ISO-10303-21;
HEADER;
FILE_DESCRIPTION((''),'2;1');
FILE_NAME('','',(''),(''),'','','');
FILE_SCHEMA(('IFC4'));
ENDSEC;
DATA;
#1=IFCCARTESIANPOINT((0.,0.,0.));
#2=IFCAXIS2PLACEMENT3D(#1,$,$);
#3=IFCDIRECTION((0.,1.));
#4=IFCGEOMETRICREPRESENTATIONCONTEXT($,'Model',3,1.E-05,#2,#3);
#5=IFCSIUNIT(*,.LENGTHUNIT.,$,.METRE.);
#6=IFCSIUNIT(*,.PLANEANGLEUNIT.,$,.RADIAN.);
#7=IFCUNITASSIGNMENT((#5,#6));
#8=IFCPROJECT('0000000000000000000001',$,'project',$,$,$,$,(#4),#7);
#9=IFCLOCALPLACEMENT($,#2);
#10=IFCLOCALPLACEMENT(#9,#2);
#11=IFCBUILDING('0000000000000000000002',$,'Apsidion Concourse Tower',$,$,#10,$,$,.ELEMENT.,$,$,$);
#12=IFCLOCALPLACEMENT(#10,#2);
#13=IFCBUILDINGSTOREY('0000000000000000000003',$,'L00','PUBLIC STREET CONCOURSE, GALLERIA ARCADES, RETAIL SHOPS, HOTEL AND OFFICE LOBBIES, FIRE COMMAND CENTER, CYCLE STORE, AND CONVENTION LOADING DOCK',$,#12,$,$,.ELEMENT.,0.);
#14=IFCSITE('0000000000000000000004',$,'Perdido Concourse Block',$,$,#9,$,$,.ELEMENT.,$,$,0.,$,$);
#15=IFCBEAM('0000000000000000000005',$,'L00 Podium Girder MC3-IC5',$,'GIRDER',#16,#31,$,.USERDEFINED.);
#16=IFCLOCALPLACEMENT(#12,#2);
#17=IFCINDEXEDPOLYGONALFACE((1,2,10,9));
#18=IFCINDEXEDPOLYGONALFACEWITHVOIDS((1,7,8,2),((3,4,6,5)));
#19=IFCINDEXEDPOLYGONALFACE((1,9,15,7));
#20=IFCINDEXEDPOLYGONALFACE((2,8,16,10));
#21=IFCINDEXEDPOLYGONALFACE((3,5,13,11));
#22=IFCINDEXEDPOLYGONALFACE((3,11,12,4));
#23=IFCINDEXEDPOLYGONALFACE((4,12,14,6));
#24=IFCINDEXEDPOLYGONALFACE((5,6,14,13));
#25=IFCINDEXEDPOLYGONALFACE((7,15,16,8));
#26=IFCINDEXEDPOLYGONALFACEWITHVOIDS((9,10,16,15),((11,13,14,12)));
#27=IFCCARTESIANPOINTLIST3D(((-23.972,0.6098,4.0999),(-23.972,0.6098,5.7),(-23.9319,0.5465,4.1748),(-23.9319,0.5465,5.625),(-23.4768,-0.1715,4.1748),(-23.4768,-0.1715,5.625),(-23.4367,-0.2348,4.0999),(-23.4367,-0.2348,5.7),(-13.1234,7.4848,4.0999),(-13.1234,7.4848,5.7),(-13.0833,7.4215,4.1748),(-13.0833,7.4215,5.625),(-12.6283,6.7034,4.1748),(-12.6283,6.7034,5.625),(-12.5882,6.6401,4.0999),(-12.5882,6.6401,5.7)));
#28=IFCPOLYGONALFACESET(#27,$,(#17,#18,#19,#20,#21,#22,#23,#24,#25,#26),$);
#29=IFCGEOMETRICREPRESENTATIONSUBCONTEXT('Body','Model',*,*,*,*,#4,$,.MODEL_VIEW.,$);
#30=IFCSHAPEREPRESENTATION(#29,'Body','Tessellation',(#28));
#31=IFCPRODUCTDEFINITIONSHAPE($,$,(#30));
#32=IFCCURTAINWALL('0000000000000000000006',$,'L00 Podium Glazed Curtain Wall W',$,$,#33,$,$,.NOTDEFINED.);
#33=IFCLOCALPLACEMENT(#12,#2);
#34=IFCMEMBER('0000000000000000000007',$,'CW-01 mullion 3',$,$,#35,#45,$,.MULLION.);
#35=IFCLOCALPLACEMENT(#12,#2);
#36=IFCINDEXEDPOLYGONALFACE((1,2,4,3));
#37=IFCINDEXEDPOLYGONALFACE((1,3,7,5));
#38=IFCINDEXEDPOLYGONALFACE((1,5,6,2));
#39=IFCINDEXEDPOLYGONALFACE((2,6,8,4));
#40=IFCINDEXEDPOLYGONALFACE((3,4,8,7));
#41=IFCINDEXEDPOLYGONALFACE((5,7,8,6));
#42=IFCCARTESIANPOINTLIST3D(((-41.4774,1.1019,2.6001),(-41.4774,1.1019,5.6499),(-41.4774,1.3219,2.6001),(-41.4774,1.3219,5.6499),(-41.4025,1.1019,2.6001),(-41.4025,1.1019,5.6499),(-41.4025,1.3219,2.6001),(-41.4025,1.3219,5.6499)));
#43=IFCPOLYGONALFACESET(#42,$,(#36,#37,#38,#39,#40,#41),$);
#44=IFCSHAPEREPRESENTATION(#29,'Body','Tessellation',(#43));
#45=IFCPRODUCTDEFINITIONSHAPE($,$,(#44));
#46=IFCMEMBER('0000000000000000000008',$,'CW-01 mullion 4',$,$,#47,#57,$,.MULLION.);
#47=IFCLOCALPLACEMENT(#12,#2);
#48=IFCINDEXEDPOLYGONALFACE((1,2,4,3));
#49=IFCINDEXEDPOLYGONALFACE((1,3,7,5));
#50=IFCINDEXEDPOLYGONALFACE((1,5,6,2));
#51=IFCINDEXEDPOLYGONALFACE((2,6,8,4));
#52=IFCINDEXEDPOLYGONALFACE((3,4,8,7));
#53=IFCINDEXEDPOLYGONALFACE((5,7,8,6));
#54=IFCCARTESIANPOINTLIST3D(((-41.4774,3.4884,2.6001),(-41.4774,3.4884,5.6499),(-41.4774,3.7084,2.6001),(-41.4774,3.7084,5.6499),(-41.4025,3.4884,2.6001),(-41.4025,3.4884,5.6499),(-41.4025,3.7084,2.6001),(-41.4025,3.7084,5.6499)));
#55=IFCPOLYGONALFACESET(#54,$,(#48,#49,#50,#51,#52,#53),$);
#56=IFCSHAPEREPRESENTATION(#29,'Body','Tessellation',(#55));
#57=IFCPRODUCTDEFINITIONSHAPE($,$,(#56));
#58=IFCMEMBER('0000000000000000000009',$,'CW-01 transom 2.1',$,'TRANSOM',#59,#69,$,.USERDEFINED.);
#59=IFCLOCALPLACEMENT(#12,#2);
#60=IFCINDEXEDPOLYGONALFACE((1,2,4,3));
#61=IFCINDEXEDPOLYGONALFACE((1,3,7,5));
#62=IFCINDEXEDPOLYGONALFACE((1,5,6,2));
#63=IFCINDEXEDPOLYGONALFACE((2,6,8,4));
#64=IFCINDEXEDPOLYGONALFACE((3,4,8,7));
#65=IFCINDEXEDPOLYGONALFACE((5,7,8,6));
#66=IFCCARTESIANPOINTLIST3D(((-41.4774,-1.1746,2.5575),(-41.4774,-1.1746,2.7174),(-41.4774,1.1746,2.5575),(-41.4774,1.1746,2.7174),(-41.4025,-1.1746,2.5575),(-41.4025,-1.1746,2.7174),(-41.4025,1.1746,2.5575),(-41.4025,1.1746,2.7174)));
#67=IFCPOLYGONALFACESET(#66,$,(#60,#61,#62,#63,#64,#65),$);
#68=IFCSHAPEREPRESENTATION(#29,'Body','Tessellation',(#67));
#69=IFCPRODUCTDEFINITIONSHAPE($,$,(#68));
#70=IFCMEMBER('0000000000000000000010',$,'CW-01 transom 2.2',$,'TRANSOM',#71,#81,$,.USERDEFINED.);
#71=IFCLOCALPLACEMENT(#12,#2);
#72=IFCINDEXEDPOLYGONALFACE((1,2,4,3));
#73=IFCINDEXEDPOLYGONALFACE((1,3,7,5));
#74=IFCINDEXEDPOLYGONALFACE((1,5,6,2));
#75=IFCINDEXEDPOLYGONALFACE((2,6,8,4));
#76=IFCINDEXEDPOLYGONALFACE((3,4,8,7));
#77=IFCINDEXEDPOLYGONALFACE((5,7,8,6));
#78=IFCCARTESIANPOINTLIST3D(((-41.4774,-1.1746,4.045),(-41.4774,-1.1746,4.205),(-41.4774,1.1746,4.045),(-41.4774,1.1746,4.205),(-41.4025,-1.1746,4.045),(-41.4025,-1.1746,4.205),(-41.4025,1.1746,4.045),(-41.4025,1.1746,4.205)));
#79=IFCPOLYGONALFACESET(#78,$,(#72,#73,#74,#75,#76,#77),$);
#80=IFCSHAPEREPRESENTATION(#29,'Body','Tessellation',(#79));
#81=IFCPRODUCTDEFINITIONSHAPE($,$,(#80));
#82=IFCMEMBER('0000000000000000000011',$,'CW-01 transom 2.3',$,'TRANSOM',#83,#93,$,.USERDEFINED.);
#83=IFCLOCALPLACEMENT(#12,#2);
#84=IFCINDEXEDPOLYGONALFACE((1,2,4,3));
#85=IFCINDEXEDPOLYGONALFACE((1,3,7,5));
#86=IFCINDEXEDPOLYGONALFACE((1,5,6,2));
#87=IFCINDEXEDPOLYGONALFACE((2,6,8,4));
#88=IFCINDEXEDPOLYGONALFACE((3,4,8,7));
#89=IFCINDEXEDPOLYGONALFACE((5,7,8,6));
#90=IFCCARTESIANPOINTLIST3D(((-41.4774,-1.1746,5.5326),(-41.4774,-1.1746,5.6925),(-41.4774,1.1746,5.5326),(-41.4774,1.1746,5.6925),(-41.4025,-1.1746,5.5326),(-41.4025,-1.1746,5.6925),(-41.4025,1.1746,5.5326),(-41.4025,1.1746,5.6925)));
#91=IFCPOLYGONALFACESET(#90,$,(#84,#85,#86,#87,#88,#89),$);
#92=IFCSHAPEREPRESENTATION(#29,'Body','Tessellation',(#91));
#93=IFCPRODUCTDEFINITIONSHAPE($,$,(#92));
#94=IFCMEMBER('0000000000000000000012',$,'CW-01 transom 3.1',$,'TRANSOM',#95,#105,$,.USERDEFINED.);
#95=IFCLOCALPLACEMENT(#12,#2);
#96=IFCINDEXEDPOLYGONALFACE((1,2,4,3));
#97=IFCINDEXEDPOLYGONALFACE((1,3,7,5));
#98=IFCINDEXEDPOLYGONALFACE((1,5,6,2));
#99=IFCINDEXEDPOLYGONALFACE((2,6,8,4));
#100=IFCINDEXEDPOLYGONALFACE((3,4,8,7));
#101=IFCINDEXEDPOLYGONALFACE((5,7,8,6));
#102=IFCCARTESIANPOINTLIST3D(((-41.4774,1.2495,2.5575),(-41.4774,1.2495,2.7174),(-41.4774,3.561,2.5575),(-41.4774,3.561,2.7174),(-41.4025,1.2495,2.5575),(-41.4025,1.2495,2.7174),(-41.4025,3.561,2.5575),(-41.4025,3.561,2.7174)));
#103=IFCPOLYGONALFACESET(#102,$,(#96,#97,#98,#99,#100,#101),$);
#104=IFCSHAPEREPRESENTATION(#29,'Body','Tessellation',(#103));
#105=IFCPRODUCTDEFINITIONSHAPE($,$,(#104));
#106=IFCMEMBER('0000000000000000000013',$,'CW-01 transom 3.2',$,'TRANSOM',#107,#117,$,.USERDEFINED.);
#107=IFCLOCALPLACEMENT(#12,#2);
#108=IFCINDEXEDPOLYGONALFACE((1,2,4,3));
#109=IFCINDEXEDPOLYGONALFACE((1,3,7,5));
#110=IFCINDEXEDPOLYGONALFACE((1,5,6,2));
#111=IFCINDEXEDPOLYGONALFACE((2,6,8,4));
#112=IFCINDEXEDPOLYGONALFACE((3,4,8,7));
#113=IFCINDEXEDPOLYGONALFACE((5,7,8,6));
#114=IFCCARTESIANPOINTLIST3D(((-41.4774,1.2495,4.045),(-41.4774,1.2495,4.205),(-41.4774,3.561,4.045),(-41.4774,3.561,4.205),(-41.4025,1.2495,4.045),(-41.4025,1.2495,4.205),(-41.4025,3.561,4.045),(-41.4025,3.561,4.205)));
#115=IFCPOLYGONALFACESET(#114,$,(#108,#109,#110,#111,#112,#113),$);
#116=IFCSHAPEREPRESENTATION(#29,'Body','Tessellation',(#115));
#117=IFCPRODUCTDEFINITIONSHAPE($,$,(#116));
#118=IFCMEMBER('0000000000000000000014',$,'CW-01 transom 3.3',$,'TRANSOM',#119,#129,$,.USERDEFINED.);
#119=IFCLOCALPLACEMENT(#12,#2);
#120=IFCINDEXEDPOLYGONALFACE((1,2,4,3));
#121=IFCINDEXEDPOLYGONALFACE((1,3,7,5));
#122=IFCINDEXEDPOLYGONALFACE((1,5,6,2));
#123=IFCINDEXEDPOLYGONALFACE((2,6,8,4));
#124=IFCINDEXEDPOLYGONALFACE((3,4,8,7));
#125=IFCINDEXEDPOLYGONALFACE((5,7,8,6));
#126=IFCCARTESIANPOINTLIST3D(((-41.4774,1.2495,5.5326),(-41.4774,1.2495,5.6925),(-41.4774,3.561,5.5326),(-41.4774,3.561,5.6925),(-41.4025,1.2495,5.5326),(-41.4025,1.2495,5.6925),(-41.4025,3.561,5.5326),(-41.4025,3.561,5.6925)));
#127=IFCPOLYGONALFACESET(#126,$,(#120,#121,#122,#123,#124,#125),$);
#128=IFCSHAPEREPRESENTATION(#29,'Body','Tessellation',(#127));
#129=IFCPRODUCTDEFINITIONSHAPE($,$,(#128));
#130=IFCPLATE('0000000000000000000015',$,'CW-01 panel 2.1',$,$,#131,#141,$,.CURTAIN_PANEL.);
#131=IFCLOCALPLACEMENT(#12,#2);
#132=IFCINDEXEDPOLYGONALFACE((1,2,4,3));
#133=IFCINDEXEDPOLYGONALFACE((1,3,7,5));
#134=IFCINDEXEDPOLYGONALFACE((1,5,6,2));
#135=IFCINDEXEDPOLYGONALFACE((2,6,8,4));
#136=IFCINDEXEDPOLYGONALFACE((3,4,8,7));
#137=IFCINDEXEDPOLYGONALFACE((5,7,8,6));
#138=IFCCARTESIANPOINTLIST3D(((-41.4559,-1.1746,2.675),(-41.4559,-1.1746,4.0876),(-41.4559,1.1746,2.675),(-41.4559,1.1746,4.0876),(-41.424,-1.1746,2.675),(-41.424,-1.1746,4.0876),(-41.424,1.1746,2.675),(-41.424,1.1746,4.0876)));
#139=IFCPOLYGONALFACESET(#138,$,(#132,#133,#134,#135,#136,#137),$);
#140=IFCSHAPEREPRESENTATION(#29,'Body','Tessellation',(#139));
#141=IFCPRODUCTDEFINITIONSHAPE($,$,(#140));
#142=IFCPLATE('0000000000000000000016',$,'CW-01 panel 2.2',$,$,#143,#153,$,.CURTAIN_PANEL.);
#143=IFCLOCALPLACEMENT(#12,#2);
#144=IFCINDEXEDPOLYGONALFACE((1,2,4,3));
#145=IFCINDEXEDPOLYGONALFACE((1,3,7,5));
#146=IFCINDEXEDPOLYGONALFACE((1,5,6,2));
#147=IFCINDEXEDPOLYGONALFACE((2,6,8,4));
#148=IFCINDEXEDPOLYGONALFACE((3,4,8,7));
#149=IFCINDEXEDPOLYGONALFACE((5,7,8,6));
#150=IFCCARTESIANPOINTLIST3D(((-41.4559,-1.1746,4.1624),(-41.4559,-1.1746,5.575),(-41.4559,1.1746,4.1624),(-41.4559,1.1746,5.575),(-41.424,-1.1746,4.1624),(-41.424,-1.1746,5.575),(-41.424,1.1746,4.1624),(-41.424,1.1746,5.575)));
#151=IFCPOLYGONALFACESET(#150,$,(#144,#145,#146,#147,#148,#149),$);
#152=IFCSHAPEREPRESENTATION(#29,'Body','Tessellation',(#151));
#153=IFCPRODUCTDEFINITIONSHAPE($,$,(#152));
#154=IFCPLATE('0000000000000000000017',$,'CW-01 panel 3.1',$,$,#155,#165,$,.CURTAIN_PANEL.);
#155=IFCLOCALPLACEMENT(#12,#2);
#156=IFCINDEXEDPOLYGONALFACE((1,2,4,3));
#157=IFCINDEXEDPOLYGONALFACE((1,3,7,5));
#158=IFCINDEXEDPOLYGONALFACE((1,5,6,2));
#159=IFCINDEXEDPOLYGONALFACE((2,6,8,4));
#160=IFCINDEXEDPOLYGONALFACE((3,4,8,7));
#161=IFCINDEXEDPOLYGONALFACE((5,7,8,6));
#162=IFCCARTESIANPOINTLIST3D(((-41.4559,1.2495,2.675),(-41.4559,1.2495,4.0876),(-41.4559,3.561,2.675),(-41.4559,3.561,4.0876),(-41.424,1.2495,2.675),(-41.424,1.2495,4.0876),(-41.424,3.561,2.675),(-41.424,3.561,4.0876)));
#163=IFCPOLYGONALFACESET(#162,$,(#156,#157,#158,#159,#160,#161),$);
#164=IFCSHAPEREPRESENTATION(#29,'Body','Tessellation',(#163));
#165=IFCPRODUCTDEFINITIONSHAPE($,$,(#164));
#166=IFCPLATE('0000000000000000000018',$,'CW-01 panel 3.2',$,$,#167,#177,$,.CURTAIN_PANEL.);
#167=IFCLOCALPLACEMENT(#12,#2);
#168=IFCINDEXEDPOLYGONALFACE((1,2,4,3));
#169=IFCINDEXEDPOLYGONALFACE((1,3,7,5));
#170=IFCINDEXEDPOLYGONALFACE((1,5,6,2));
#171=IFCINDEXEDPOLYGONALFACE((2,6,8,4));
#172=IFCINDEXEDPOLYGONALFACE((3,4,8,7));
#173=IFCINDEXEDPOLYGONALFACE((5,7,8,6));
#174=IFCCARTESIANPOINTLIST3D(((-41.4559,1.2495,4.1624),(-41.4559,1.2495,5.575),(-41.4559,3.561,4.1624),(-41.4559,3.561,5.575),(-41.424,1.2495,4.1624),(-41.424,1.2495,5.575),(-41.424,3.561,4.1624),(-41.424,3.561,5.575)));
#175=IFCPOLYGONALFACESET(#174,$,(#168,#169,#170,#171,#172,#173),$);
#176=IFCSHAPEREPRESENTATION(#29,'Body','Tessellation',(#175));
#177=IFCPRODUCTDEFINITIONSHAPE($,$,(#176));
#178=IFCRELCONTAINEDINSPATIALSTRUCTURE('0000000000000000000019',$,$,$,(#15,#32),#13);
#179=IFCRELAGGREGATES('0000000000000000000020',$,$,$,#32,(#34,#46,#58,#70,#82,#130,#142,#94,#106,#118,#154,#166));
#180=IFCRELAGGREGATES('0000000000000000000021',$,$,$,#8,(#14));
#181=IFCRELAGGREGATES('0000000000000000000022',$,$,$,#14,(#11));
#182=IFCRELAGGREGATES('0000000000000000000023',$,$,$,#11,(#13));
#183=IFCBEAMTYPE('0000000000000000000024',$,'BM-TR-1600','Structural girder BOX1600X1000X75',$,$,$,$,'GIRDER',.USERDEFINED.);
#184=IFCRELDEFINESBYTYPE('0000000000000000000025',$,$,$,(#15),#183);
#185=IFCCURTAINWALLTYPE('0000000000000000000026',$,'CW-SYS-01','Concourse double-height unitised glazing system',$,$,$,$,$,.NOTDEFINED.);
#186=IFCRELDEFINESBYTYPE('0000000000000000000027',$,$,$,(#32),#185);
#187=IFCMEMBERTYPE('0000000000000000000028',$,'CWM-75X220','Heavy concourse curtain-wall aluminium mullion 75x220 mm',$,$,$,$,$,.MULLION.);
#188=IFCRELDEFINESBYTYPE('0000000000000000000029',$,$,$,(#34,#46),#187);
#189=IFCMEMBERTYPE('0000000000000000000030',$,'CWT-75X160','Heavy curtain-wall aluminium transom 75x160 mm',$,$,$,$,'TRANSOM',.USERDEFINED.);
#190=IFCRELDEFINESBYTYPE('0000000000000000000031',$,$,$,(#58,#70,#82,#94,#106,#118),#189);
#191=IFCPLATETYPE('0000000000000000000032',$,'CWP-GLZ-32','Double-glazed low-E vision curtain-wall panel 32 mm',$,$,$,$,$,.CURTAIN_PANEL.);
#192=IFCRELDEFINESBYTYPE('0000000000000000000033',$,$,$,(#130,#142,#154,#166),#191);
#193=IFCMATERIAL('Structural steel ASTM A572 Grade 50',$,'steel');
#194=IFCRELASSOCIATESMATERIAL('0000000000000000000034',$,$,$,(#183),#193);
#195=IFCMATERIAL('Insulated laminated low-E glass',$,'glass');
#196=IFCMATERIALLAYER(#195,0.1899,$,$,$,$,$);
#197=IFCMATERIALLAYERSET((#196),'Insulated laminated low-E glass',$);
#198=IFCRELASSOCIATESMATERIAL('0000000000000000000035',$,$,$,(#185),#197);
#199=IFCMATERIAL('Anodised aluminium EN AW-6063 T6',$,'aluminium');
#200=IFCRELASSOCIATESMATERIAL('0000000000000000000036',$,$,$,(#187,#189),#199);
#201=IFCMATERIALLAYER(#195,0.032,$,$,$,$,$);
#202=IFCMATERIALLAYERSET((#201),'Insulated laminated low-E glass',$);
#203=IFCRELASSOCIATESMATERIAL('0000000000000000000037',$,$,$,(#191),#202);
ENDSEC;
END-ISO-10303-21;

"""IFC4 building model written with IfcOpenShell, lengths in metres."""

from ifc_helpers import new_model, si_unit, direction, frame, origin, origin_2d, place, context, subcontext, project, spatial, rectangle, hollow_rectangle, extrude, material, layer, layer_set, material_profile, profile_set, type_object, element, aggregate, save


model = new_model("IFC4")

# Units and contexts
model_context = context("Model", 3, precision=1e-05, world=origin(), true_north=direction((0.0, 1.0)))
body_context = subcontext(model_context, "Body", "Model", "MODEL_VIEW")
ifc_project = project(units=[si_unit("LENGTHUNIT", "METRE"), si_unit("PLANEANGLEUNIT", "RADIAN")], contexts=[model_context])

# Site, building, storey
site_placement = place(None, origin())
site = spatial("IfcSite", under=ifc_project, at=site_placement, Name="Perdido Concourse Block", CompositionType="ELEMENT", RefElevation=0.0)
building_placement = place(site_placement, origin())
building = spatial("IfcBuilding", under=site, at=building_placement, Name="Apsidion Concourse Tower", CompositionType="ELEMENT")
storey_placement = place(building_placement, origin())
storey = spatial("IfcBuildingStorey", under=building, at=storey_placement, Name="L00", Description="PUBLIC STREET CONCOURSE, GALLERIA ARCADES, RETAIL SHOPS, HOTEL AND OFFICE LOBBIES, FIRE COMMAND CENTER, CYCLE STORE, AND CONVENTION LOADING DOCK", CompositionType="ELEMENT", Elevation=0.0)

# Shared definitions
ifc_material_1 = material(Name="Structural steel ASTM A572 Grade 50", Category="steel")

# Beam
ifc_material_profile_1 = material_profile(ifc_material_1, hollow_rectangle(XDim=1.0, YDim=1.6001, WallThickness=0.075, at=origin_2d()), Name="BOX1600X1000X75")
ifc_profile_set_1 = profile_set([ifc_material_profile_1], Name="Structural steel ASTM A572 Grade 50")
beam_type_1 = type_object("IfcBeamType", Name="BM-TR-1600", Description="Structural girder BOX1600X1000X75", ElementType="GIRDER", PredefinedType="USERDEFINED", material=ifc_profile_set_1)
for number, where, z_axis, x_axis, name in (
    (1, (-23.7043, 0.1875, 4.8999), (0.844671, 0.535285, 0.0), (-0.535285, 0.844671, 0.0), "L00 Podium Girder MC3-IC5"),
):
    element("IfcBeam", number, at=place(storey_placement, frame(where, z_axis=z_axis, x_axis=x_axis)), inside=storey, type_object=beam_type_1, Name=name, ObjectType="GIRDER", PredefinedType="USERDEFINED", context=body_context, shape_type="SweptSolid", body=[
        extrude(hollow_rectangle(XDim=1.0, YDim=1.6001, WallThickness=0.075, at=origin_2d()), origin(), (0.0, 0.0, 1.0), 12.8435),
    ])

# Curtain wall, members, plates
ifc_material_2 = material(Name="Insulated laminated low-E glass", Category="glass")
ifc_layer_1 = layer(ifc_material_2, 0.1899)
ifc_layer_set_1 = layer_set([ifc_layer_1], Name="Insulated laminated low-E glass")
curtain_wall_type = type_object("IfcCurtainWallType", Name="CW-SYS-01", Description="Concourse double-height unitised glazing system", PredefinedType="NOTDEFINED", material=ifc_layer_set_1)
curtain_wall_placement = place(storey_placement, origin())
curtain_wall = element("IfcCurtainWall", 2, at=curtain_wall_placement, inside=storey, type_object=curtain_wall_type, Name="L00 Podium Glazed Curtain Wall W", PredefinedType="NOTDEFINED")
ifc_material_3 = material(Name="Anodised aluminium EN AW-6063 T6", Category="aluminium")
ifc_material_profile_2 = material_profile(ifc_material_3, rectangle(XDim=0.075, YDim=0.22, at=origin_2d()), Name="ALU MULLION 75x220")
ifc_profile_set_2 = profile_set([ifc_material_profile_2], Name="Anodised aluminium EN AW-6063 T6")
member_type_1 = type_object("IfcMemberType", Name="CWM-75X220", Description="Heavy concourse curtain-wall aluminium mullion 75x220 mm", PredefinedType="MULLION", material=ifc_profile_set_2)
member_1_placement = place(storey_placement, frame((-41.4399, 1.2119, 2.6001), z_axis=(0.0, 0.0, 1.0), x_axis=(-1.0, 0.0, 0.0)))
member_1 = element("IfcMember", 3, at=member_1_placement, type_object=member_type_1, Name="CW-01 mullion 3", PredefinedType="MULLION", context=body_context, shape_type="SweptSolid", body=[
    extrude(rectangle(XDim=0.075, YDim=0.22, at=origin_2d()), origin(), (0.0, 0.0, 1.0), 3.0498),
])
member_2_placement = place(storey_placement, frame((-41.4399, 3.5984, 2.6001), z_axis=(0.0, 0.0, 1.0), x_axis=(-1.0, 0.0, 0.0)))
member_2 = element("IfcMember", 4, at=member_2_placement, type_object=member_type_1, Name="CW-01 mullion 4", PredefinedType="MULLION", context=body_context, shape_type="SweptSolid", body=[
    extrude(rectangle(XDim=0.075, YDim=0.22, at=origin_2d()), origin(), (0.0, 0.0, 1.0), 3.0498),
])
ifc_material_profile_3 = material_profile(ifc_material_3, rectangle(XDim=0.075, YDim=0.1599, at=origin_2d()), Name="ALU TRANSOM 75x160")
ifc_profile_set_3 = profile_set([ifc_material_profile_3], Name="Anodised aluminium EN AW-6063 T6")
member_type_2 = type_object("IfcMemberType", Name="CWT-75X160", Description="Heavy curtain-wall aluminium transom 75x160 mm", ElementType="TRANSOM", PredefinedType="USERDEFINED", material=ifc_profile_set_3)
member_3_placement = place(storey_placement, frame((-41.4399, -1.1746, 2.6375), z_axis=(0.0, 1.0, 0.0), x_axis=(-1.0, 0.0, 0.0)))
member_3 = element("IfcMember", 5, at=member_3_placement, type_object=member_type_2, Name="CW-01 transom 2.1", ObjectType="TRANSOM", PredefinedType="USERDEFINED", context=body_context, shape_type="SweptSolid", body=[
    extrude(rectangle(XDim=0.075, YDim=0.1599, at=origin_2d()), origin(), (0.0, 0.0, 1.0), 2.3491),
])
member_4_placement = place(storey_placement, frame((-41.4399, -1.1746, 4.125), z_axis=(0.0, 1.0, 0.0), x_axis=(-1.0, 0.0, 0.0)))
member_4 = element("IfcMember", 6, at=member_4_placement, type_object=member_type_2, Name="CW-01 transom 2.2", ObjectType="TRANSOM", PredefinedType="USERDEFINED", context=body_context, shape_type="SweptSolid", body=[
    extrude(rectangle(XDim=0.075, YDim=0.1599, at=origin_2d()), origin(), (0.0, 0.0, 1.0), 2.3491),
])
member_5_placement = place(storey_placement, frame((-41.4399, -1.1746, 5.6125), z_axis=(0.0, 1.0, 0.0), x_axis=(-1.0, 0.0, 0.0)))
member_5 = element("IfcMember", 7, at=member_5_placement, type_object=member_type_2, Name="CW-01 transom 2.3", ObjectType="TRANSOM", PredefinedType="USERDEFINED", context=body_context, shape_type="SweptSolid", body=[
    extrude(rectangle(XDim=0.075, YDim=0.1599, at=origin_2d()), origin(), (0.0, 0.0, 1.0), 2.3491),
])
member_6_placement = place(storey_placement, frame((-41.4399, 1.2495, 2.6375), z_axis=(0.0, 1.0, 0.0), x_axis=(-1.0, 0.0, 0.0)))
member_6 = element("IfcMember", 8, at=member_6_placement, type_object=member_type_2, Name="CW-01 transom 3.1", ObjectType="TRANSOM", PredefinedType="USERDEFINED", context=body_context, shape_type="SweptSolid", body=[
    extrude(rectangle(XDim=0.075, YDim=0.1599, at=origin_2d()), origin(), (0.0, 0.0, 1.0), 2.3115),
])
member_7_placement = place(storey_placement, frame((-41.4399, 1.2495, 4.125), z_axis=(0.0, 1.0, 0.0), x_axis=(-1.0, 0.0, 0.0)))
member_7 = element("IfcMember", 9, at=member_7_placement, type_object=member_type_2, Name="CW-01 transom 3.2", ObjectType="TRANSOM", PredefinedType="USERDEFINED", context=body_context, shape_type="SweptSolid", body=[
    extrude(rectangle(XDim=0.075, YDim=0.1599, at=origin_2d()), origin(), (0.0, 0.0, 1.0), 2.3115),
])
member_8_placement = place(storey_placement, frame((-41.4399, 1.2495, 5.6125), z_axis=(0.0, 1.0, 0.0), x_axis=(-1.0, 0.0, 0.0)))
member_8 = element("IfcMember", 10, at=member_8_placement, type_object=member_type_2, Name="CW-01 transom 3.3", ObjectType="TRANSOM", PredefinedType="USERDEFINED", context=body_context, shape_type="SweptSolid", body=[
    extrude(rectangle(XDim=0.075, YDim=0.1599, at=origin_2d()), origin(), (0.0, 0.0, 1.0), 2.3115),
])
ifc_layer_2 = layer(ifc_material_2, 0.032)
ifc_layer_set_2 = layer_set([ifc_layer_2], Name="Insulated laminated low-E glass")
plate_type = type_object("IfcPlateType", Name="CWP-GLZ-32", Description="Double-glazed low-E vision curtain-wall panel 32 mm", PredefinedType="CURTAIN_PANEL", material=ifc_layer_set_2)
plate_1_placement = place(storey_placement, frame((-41.4399, 0.0, 2.675), z_axis=(0.0, 0.0, 1.0), x_axis=(0.0, 1.0, 0.0)))
plate_1 = element("IfcPlate", 11, at=plate_1_placement, type_object=plate_type, Name="CW-01 panel 2.1", PredefinedType="CURTAIN_PANEL", context=body_context, shape_type="SweptSolid", body=[
    extrude(rectangle(XDim=2.3491, YDim=0.032, at=origin_2d()), origin(), (0.0, 0.0, 1.0), 1.4126),
])
plate_2_placement = place(storey_placement, frame((-41.4399, 0.0, 4.1624), z_axis=(0.0, 0.0, 1.0), x_axis=(0.0, 1.0, 0.0)))
plate_2 = element("IfcPlate", 12, at=plate_2_placement, type_object=plate_type, Name="CW-01 panel 2.2", PredefinedType="CURTAIN_PANEL", context=body_context, shape_type="SweptSolid", body=[
    extrude(rectangle(XDim=2.3491, YDim=0.032, at=origin_2d()), origin(), (0.0, 0.0, 1.0), 1.4126),
])
plate_3_placement = place(storey_placement, frame((-41.4399, 2.4053, 2.675), z_axis=(0.0, 0.0, 1.0), x_axis=(0.0, 1.0, 0.0)))
plate_3 = element("IfcPlate", 13, at=plate_3_placement, type_object=plate_type, Name="CW-01 panel 3.1", PredefinedType="CURTAIN_PANEL", context=body_context, shape_type="SweptSolid", body=[
    extrude(rectangle(XDim=2.3115, YDim=0.032, at=origin_2d()), origin(), (0.0, 0.0, 1.0), 1.4126),
])
plate_4_placement = place(storey_placement, frame((-41.4399, 2.4053, 4.1624), z_axis=(0.0, 0.0, 1.0), x_axis=(0.0, 1.0, 0.0)))
plate_4 = element("IfcPlate", 14, at=plate_4_placement, type_object=plate_type, Name="CW-01 panel 3.2", PredefinedType="CURTAIN_PANEL", context=body_context, shape_type="SweptSolid", body=[
    extrude(rectangle(XDim=2.3115, YDim=0.032, at=origin_2d()), origin(), (0.0, 0.0, 1.0), 1.4126),
])
aggregate(curtain_wall, [member_1, member_2, member_3, member_4, member_5, plate_1, plate_2, member_6, member_7, member_8, plate_3, plate_4])

save(model, "model.ifc")
